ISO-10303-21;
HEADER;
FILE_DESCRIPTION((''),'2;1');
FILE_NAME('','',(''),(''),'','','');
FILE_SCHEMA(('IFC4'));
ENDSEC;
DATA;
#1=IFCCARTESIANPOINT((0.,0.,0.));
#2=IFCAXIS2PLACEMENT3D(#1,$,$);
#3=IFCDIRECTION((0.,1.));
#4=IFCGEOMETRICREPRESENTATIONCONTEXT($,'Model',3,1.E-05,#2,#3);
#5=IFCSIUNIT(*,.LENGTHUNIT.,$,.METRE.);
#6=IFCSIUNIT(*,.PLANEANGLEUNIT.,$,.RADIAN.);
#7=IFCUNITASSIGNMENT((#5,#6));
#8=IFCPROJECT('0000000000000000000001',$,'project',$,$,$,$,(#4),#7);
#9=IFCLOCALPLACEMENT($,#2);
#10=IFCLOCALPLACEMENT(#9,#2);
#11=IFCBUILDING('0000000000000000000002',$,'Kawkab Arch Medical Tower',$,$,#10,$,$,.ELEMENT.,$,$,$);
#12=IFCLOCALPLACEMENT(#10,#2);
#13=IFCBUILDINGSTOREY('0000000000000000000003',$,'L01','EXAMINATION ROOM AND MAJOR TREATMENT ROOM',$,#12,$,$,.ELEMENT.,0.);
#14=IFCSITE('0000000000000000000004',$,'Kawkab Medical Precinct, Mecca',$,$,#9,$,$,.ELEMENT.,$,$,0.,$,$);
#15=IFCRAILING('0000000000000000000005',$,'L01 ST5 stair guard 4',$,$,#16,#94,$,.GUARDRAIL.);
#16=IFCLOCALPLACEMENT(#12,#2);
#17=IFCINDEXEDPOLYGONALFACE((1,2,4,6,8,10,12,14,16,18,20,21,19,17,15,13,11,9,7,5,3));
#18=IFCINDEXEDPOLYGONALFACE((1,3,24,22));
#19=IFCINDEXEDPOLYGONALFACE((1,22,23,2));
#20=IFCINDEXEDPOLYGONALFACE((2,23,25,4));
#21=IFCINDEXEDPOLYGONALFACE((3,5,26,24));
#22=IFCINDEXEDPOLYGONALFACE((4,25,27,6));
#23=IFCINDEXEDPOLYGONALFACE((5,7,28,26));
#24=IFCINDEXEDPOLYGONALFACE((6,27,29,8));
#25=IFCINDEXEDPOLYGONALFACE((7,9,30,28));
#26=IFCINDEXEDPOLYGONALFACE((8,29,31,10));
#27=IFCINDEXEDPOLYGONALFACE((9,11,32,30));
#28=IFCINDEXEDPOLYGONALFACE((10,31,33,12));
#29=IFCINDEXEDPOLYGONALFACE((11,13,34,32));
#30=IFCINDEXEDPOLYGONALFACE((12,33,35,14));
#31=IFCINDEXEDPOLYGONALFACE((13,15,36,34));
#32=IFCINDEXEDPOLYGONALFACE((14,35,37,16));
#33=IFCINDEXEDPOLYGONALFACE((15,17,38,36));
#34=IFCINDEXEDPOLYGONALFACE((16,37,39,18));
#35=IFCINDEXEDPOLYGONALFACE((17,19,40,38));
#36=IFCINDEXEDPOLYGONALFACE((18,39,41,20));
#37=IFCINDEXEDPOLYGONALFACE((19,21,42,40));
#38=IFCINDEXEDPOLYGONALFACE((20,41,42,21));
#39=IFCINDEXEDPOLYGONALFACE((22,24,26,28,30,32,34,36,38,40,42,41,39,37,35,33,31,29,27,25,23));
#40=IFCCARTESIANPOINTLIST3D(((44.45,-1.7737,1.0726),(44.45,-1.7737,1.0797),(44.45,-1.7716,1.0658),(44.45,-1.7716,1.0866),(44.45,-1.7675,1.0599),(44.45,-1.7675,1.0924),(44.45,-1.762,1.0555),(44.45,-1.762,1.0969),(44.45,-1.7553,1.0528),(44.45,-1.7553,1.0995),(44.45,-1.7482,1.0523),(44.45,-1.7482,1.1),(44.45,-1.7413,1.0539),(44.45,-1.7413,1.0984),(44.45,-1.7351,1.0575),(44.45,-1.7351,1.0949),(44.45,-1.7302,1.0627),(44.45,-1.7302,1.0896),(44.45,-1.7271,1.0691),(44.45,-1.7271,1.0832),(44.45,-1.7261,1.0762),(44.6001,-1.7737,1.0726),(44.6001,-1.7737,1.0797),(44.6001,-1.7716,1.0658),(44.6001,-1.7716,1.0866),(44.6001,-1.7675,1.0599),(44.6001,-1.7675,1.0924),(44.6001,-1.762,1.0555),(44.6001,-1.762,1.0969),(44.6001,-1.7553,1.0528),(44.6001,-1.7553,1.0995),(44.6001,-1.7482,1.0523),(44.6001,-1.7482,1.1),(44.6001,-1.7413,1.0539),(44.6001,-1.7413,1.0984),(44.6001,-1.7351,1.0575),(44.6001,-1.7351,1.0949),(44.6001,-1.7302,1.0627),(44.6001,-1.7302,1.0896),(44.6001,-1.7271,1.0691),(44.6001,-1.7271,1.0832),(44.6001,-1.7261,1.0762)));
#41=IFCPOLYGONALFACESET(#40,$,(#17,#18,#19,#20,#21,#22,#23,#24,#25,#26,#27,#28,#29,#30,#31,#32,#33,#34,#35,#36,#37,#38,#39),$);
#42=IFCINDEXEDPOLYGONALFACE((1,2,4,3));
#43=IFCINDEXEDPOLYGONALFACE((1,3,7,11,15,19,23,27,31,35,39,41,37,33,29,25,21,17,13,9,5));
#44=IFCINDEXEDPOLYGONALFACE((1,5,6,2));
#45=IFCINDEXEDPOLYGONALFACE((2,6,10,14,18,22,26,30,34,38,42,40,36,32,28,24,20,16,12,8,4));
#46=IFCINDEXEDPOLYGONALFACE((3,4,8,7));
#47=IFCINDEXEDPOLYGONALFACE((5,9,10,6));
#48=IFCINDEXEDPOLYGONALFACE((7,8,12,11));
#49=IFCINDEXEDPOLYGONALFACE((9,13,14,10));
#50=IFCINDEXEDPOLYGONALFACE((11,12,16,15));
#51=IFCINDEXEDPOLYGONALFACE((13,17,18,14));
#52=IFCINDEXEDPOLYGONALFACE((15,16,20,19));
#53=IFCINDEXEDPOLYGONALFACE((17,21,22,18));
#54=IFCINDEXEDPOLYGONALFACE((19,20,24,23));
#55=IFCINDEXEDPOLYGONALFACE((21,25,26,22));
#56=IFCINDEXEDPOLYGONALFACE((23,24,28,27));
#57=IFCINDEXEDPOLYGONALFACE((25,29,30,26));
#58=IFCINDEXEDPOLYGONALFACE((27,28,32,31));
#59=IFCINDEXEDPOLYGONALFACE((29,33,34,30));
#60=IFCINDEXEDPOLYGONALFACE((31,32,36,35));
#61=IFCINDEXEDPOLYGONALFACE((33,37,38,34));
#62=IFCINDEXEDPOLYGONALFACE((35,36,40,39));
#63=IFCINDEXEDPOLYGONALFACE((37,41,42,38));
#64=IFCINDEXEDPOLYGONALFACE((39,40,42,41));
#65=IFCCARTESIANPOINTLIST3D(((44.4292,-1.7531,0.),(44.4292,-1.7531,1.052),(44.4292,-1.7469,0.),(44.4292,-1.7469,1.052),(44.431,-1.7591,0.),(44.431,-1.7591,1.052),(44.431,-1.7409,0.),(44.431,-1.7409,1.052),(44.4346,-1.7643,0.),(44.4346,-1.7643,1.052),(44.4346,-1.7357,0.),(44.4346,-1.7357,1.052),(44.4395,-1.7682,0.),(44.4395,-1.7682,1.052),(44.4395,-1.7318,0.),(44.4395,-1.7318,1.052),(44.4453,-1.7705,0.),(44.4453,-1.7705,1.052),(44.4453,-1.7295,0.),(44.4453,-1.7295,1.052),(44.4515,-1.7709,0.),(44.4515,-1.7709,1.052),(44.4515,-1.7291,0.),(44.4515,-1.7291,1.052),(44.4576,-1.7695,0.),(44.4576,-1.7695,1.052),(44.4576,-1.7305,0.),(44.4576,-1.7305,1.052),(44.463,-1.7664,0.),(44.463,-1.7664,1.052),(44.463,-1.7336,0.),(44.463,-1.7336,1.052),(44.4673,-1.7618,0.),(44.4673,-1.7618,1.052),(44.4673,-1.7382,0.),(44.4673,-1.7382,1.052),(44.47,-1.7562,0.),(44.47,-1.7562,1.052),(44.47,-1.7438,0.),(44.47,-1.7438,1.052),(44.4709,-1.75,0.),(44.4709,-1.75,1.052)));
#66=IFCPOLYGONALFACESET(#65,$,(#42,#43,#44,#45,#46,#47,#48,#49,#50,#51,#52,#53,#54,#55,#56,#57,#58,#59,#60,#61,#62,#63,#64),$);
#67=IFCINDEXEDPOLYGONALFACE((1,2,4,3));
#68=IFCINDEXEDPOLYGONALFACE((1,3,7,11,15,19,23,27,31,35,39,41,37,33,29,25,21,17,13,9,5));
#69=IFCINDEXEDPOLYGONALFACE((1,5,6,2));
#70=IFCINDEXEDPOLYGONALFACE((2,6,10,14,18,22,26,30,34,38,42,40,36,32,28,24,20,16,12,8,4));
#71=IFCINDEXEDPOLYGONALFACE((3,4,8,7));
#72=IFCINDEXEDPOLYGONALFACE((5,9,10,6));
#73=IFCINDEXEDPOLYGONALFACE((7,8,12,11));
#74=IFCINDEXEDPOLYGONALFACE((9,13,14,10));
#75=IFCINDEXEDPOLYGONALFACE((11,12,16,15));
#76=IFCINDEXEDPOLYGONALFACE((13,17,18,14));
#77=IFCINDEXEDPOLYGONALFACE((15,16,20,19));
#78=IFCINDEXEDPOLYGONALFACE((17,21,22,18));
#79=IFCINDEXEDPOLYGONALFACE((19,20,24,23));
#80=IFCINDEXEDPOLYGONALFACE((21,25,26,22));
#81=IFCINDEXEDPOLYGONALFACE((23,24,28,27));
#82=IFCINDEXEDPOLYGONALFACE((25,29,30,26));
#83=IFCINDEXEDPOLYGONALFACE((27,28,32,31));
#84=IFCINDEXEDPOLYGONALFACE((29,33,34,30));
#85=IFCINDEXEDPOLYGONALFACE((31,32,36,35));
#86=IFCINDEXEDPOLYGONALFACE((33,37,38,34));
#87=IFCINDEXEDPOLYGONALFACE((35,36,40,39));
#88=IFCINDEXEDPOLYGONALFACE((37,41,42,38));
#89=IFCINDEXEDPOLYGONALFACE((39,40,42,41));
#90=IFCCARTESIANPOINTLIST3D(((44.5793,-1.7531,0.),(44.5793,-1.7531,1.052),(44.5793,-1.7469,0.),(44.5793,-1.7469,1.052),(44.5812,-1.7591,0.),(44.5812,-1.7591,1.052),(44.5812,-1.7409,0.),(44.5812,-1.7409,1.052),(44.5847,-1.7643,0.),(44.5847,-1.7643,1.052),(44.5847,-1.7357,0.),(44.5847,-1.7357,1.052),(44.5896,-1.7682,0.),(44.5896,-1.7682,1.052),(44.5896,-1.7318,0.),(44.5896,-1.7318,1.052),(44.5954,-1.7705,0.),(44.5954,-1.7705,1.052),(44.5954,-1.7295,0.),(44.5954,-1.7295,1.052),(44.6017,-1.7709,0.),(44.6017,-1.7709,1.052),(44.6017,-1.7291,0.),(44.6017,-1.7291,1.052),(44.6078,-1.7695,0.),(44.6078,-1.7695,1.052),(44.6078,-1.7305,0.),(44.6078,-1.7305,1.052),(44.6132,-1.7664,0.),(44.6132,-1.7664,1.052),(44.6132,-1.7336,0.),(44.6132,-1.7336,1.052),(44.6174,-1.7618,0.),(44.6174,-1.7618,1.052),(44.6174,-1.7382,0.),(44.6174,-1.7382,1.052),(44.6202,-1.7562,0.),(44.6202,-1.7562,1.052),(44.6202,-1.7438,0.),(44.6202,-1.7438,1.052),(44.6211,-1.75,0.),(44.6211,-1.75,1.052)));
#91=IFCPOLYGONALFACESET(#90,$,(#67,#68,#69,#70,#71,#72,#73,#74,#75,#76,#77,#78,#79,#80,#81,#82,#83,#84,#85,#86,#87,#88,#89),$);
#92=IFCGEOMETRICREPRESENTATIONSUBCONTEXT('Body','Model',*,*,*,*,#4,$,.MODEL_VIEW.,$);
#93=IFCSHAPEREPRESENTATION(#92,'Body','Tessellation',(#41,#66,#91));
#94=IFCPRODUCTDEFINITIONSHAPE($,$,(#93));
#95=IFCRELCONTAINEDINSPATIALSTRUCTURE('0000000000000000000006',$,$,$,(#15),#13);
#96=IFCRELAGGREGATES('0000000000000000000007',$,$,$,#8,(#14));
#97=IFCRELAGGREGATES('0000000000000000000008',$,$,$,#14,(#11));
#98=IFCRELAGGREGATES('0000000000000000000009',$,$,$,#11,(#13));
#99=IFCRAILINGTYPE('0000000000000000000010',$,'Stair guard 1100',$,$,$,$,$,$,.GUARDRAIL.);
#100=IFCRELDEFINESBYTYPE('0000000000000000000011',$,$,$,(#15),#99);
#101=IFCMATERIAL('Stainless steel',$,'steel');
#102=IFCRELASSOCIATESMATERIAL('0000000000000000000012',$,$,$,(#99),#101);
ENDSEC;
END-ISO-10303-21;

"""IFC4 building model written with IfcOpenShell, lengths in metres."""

from ifc_helpers import new_model, si_unit, direction, frame, origin, origin_2d, place, context, subcontext, project, spatial, circle, extrude, material, type_object, element, save


model = new_model("IFC4")

# Units and contexts
model_context = context("Model", 3, precision=1e-05, world=origin(), true_north=direction((0.0, 1.0)))
body_context = subcontext(model_context, "Body", "Model", "MODEL_VIEW")
ifc_project = project(units=[si_unit("LENGTHUNIT", "METRE"), si_unit("PLANEANGLEUNIT", "RADIAN")], contexts=[model_context])

# Site, building, storey
site_placement = place(None, origin())
site = spatial("IfcSite", under=ifc_project, at=site_placement, Name="Kawkab Medical Precinct, Mecca", CompositionType="ELEMENT", RefElevation=0.0)
building_placement = place(site_placement, origin())
building = spatial("IfcBuilding", under=site, at=building_placement, Name="Kawkab Arch Medical Tower", CompositionType="ELEMENT")
storey_placement = place(building_placement, origin())
storey = spatial("IfcBuildingStorey", under=building, at=storey_placement, Name="L01", Description="EXAMINATION ROOM AND MAJOR TREATMENT ROOM", CompositionType="ELEMENT", Elevation=0.0)

# Railing
ifc_material_1 = material(Name="Stainless steel", Category="steel")
railing_type = type_object("IfcRailingType", Name="Stair guard 1100", PredefinedType="GUARDRAIL", material=ifc_material_1)
railing_1_placement = place(storey_placement, frame((44.45, -1.75, 0.0)))
element("IfcRailing", 1, at=railing_1_placement, inside=storey, type_object=railing_type, Name="L01 ST5 stair guard 4", PredefinedType="GUARDRAIL", context=body_context, shape_type="SweptSolid", body=[
    extrude(circle(Radius=0.0239, at=origin_2d()), frame((0.0, 0.0, 1.0762), z_axis=(1.0, 0.0, 0.0), x_axis=(0.0, 1.0, 0.0)), (0.0, 0.0, 1.0), 0.1501),
    extrude(circle(Radius=0.021, at=origin_2d()), origin(), (0.0, 0.0, 1.0), 1.052),
    extrude(circle(Radius=0.021, at=origin_2d()), frame((0.1501, 0.0, 0.0)), (0.0, 0.0, 1.0), 1.052),
])

save(model, "model.ifc")
